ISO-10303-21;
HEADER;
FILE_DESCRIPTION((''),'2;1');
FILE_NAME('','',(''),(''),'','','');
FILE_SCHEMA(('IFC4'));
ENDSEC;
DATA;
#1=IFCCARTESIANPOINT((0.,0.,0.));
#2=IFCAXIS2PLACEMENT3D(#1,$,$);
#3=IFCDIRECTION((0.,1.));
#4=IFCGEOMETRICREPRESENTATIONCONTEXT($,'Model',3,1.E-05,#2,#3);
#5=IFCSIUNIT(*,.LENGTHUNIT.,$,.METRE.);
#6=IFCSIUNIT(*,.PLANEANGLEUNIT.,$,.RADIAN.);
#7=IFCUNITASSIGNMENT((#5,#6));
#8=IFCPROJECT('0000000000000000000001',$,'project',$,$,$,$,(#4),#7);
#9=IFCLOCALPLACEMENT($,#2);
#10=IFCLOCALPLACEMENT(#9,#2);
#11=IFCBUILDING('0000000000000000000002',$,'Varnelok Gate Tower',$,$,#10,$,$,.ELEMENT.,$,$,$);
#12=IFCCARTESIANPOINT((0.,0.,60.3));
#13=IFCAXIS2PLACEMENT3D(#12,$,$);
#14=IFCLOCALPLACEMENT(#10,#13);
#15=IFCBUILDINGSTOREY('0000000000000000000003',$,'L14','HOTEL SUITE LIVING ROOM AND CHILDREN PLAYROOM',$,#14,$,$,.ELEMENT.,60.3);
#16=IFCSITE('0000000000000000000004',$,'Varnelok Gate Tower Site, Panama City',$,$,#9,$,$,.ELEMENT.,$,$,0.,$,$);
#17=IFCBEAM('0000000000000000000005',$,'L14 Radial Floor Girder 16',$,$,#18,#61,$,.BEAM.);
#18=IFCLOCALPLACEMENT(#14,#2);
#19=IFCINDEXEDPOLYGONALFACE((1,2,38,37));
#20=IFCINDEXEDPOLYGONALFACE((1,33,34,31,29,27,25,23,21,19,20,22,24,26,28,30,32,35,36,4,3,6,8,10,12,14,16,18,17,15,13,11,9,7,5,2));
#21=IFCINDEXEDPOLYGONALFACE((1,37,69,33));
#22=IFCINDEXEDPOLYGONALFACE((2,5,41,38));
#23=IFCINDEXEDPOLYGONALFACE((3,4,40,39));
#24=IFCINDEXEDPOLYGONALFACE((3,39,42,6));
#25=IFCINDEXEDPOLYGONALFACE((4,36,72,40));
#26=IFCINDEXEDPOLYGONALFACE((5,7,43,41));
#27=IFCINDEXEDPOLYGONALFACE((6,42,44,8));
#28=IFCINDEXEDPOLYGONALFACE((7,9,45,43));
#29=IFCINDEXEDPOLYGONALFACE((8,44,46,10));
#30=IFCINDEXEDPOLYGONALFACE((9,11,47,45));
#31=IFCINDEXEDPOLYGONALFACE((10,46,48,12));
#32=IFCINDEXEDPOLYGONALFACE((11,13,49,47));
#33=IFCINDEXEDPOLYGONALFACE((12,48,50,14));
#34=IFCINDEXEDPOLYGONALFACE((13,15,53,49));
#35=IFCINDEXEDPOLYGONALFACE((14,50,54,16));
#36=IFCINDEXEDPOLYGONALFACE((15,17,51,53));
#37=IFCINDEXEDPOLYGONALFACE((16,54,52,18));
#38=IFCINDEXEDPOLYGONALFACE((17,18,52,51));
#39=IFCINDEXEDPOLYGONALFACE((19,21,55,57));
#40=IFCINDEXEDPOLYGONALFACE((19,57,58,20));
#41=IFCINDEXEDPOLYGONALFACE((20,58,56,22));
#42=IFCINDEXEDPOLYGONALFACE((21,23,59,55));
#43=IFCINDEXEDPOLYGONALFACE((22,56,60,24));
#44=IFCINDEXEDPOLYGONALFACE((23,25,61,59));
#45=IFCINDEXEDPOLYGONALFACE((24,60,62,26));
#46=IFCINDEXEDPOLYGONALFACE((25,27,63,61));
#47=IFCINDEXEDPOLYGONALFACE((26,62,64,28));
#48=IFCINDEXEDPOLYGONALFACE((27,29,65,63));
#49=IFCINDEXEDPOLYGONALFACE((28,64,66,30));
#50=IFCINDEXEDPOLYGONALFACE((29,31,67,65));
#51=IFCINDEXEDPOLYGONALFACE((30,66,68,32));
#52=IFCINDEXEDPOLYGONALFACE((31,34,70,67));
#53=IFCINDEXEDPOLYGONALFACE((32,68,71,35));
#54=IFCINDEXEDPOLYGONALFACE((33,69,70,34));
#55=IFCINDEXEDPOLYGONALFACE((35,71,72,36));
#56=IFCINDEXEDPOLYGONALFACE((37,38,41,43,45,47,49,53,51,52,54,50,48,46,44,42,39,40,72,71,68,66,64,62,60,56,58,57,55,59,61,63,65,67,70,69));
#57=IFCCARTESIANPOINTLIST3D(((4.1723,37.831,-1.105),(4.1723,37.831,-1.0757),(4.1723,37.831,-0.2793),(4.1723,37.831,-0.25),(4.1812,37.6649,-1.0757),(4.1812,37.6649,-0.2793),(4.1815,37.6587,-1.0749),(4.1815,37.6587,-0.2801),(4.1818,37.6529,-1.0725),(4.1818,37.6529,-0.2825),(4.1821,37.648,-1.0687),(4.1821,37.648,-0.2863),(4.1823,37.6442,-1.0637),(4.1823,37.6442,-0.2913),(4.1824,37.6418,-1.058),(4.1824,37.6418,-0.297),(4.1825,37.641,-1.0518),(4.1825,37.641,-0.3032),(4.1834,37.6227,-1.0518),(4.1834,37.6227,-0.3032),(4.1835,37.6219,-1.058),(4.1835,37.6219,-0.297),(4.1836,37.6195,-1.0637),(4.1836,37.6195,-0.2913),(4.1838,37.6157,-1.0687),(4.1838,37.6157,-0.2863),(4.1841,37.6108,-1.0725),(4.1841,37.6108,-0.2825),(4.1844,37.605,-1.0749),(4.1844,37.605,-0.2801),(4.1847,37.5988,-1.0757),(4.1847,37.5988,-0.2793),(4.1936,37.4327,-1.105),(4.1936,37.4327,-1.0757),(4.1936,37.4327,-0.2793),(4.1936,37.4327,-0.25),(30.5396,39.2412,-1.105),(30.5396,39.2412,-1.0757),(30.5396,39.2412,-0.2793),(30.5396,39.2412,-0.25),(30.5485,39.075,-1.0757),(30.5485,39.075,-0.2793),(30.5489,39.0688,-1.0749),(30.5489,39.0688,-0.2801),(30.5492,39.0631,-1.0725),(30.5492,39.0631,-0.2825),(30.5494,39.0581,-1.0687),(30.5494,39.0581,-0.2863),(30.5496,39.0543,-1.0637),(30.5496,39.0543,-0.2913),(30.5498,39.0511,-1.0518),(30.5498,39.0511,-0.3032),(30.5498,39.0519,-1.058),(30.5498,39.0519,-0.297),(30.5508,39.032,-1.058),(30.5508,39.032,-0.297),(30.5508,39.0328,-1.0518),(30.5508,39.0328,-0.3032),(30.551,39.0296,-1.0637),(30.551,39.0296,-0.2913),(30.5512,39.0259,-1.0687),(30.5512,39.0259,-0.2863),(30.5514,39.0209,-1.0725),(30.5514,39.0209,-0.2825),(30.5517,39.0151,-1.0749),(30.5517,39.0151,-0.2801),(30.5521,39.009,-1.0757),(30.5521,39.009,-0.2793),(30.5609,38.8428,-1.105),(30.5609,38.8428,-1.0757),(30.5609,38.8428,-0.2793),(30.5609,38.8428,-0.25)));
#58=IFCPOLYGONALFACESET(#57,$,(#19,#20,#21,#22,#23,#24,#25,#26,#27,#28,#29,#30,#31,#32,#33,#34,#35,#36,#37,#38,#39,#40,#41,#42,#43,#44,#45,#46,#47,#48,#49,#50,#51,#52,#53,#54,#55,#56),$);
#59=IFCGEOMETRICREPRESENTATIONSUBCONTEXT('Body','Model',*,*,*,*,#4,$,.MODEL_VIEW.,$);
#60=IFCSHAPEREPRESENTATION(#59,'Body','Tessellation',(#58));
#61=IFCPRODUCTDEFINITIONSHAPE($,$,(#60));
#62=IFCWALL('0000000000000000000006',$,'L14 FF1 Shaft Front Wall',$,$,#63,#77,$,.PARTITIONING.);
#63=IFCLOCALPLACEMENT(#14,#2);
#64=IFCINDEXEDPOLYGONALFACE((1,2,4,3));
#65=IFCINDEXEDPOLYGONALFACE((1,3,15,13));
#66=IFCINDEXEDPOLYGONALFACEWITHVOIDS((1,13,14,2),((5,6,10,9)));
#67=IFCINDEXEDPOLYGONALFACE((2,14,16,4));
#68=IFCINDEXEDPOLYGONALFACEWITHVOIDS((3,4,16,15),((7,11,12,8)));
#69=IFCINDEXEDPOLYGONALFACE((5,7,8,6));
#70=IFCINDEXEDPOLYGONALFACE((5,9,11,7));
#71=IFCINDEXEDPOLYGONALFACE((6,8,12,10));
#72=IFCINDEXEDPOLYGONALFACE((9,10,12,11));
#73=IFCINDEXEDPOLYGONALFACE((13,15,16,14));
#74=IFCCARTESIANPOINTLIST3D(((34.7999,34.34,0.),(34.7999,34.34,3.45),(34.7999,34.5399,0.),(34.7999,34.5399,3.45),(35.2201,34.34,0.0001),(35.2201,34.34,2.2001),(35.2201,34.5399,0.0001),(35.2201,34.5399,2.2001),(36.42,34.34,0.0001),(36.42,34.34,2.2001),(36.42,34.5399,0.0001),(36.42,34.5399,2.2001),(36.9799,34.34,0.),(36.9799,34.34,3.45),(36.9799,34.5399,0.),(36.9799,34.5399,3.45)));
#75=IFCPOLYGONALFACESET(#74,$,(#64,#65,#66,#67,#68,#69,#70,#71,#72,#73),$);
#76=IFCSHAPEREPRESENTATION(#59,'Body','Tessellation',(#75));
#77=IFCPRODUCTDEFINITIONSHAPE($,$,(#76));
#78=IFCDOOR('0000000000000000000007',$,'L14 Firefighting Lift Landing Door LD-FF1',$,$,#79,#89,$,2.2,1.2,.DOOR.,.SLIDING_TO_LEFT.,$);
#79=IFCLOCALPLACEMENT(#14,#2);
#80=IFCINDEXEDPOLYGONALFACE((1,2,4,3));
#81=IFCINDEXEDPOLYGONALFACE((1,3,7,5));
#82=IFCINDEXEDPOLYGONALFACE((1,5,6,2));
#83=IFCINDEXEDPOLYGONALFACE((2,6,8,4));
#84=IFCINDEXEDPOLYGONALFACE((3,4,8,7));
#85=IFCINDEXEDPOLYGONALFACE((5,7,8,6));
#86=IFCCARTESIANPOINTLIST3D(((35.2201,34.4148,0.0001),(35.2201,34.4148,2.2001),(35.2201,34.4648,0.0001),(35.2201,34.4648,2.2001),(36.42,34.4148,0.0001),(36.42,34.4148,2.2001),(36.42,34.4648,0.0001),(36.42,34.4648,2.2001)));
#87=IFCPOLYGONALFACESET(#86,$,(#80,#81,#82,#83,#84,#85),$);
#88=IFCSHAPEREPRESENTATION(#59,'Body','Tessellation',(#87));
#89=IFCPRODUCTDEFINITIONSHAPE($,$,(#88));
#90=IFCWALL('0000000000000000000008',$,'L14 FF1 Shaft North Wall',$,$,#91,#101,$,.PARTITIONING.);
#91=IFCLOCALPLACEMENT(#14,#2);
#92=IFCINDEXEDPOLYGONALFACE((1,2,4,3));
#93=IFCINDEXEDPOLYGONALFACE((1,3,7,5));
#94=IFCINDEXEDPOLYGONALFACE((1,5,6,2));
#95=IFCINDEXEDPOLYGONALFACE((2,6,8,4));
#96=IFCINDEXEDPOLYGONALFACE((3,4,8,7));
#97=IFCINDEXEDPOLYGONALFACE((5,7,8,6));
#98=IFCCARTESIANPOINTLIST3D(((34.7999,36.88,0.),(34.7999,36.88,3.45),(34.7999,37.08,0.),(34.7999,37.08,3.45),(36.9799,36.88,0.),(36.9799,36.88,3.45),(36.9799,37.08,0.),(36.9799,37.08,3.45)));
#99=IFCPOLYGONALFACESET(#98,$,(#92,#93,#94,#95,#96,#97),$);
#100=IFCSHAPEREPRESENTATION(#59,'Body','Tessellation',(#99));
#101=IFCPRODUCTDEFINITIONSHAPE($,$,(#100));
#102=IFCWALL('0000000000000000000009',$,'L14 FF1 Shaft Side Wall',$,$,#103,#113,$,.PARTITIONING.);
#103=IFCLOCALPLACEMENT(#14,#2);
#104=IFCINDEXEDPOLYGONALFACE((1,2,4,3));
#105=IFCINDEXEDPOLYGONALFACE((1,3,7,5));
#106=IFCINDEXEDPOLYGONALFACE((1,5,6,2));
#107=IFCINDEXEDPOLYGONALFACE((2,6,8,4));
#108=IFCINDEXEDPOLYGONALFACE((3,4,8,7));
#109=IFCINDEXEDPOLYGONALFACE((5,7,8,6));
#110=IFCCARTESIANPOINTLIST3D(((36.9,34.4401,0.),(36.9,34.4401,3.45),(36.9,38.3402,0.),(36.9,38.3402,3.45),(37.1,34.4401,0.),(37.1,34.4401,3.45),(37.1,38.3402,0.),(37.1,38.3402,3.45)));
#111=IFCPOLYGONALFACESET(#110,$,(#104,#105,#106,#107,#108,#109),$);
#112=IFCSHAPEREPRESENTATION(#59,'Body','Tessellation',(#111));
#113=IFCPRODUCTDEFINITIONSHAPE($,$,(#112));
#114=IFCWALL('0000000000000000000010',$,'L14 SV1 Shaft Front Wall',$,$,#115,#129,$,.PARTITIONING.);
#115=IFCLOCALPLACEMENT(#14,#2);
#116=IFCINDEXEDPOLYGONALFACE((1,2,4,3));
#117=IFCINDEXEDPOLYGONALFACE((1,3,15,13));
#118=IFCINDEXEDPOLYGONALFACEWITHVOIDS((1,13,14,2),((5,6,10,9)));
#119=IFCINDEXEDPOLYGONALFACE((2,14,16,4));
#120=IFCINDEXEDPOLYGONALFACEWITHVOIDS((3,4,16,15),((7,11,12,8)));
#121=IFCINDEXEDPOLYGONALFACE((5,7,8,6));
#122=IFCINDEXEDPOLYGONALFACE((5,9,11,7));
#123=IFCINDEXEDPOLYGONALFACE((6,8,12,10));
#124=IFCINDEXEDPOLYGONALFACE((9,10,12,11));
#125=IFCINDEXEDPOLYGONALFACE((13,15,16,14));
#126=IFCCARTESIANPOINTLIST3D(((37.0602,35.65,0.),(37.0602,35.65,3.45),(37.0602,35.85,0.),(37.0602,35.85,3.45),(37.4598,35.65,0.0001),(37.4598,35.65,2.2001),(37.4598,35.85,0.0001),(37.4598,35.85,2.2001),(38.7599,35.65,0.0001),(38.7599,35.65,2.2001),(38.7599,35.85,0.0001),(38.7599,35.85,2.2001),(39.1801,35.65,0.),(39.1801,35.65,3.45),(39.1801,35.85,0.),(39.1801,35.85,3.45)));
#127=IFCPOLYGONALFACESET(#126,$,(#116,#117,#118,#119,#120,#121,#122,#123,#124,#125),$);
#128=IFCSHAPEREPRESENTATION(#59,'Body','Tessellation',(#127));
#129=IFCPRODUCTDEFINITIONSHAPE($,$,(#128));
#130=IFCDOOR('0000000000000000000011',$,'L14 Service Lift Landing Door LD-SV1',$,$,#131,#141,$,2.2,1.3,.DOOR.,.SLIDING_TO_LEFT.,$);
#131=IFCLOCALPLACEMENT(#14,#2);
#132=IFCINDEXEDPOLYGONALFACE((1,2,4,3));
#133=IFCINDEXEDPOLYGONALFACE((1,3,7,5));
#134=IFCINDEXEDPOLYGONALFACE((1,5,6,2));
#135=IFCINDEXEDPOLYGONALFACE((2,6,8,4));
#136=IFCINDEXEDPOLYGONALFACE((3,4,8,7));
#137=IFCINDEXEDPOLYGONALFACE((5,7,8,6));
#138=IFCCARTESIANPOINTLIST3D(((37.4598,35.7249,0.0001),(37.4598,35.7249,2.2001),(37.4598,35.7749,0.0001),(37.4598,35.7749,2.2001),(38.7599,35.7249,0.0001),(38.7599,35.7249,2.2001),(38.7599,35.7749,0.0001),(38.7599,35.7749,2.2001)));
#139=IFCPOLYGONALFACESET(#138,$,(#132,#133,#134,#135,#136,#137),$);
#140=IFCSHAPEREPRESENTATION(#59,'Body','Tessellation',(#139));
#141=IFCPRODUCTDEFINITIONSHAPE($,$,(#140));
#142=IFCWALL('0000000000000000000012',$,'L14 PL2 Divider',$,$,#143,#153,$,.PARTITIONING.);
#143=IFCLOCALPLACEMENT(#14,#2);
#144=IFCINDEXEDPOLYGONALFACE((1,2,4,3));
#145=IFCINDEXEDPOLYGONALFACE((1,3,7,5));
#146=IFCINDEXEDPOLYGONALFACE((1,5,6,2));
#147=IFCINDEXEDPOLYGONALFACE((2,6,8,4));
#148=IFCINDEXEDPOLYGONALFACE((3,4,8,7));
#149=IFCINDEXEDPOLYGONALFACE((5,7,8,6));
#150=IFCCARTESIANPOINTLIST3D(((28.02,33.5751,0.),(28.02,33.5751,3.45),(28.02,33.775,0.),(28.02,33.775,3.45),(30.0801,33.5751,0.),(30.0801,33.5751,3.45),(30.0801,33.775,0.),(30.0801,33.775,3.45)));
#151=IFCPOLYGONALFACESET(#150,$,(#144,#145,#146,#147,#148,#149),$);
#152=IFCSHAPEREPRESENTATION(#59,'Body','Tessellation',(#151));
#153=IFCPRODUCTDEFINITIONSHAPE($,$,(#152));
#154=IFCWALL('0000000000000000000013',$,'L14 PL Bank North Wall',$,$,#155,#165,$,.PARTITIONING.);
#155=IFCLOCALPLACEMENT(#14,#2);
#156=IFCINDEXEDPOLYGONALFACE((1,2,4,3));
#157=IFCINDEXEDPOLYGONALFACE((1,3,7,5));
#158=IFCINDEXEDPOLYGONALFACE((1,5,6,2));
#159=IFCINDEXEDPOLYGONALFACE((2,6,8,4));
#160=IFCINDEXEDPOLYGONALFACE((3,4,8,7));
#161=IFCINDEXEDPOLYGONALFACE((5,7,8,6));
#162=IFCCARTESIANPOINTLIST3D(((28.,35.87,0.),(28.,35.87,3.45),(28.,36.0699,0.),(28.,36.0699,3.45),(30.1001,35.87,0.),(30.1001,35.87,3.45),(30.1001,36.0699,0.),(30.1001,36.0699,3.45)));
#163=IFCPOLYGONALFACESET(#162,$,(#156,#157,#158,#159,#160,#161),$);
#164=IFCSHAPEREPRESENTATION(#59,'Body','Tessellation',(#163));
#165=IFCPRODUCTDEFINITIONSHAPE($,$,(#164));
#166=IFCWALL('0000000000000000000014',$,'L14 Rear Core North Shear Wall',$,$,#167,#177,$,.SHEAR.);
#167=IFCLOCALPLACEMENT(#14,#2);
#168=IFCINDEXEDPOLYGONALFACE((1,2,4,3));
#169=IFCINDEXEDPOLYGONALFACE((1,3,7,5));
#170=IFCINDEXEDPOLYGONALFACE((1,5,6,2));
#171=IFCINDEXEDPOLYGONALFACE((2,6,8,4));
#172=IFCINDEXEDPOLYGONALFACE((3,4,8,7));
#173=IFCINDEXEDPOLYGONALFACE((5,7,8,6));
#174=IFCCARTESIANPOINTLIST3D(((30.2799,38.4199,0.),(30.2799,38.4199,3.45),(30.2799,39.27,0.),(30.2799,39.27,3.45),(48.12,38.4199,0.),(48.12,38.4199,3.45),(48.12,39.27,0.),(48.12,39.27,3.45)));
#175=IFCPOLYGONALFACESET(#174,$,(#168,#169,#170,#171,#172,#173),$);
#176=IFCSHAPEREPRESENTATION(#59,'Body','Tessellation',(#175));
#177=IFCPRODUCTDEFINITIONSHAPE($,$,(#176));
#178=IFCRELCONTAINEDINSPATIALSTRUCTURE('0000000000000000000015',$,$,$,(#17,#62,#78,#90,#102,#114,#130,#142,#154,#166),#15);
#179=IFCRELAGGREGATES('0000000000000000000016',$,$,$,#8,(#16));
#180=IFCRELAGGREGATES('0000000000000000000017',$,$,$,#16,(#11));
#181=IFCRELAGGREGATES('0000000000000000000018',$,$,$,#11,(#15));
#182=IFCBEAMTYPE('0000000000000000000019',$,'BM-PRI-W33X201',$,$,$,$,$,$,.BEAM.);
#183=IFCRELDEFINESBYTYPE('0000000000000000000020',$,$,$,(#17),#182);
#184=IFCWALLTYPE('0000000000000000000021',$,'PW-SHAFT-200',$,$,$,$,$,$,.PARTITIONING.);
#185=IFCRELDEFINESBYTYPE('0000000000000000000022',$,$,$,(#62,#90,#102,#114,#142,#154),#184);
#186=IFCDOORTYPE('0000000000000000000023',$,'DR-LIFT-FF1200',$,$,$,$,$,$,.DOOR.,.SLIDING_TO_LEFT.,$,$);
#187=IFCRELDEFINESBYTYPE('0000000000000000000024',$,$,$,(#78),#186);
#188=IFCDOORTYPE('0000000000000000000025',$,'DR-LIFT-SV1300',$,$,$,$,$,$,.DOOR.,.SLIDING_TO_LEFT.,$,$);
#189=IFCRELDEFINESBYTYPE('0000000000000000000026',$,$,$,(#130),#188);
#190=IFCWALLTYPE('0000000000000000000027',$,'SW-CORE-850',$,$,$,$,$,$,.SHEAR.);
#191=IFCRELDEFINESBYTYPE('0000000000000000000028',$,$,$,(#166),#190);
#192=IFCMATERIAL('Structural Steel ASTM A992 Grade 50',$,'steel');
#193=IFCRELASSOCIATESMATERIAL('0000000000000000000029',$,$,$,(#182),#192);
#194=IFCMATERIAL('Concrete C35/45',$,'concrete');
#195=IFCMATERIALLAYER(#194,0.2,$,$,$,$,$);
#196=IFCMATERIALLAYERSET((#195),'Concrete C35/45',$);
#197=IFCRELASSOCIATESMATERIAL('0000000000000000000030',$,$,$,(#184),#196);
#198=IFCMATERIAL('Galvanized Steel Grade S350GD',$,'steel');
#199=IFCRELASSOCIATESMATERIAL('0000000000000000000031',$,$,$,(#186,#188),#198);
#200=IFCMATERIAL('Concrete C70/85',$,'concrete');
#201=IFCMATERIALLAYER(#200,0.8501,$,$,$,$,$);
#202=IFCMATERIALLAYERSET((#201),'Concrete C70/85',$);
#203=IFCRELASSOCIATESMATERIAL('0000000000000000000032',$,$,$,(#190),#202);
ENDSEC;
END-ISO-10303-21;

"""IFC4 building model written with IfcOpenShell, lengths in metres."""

from ifc_helpers import new_model, si_unit, direction, frame, frame_2d, origin, origin_2d, place, context, subcontext, project, spatial, rectangle, i_section, extrude, material, layer, layer_set, material_profile, profile_set, type_object, element, fill, save


model = new_model("IFC4")

# Units and contexts
model_context = context("Model", 3, precision=1e-05, world=origin(), true_north=direction((0.0, 1.0)))
body_context = subcontext(model_context, "Body", "Model", "MODEL_VIEW")
ifc_project = project(units=[si_unit("LENGTHUNIT", "METRE"), si_unit("PLANEANGLEUNIT", "RADIAN")], contexts=[model_context])

# Site, building, storey
site_placement = place(None, origin())
site = spatial("IfcSite", under=ifc_project, at=site_placement, Name="Varnelok Gate Tower Site, Panama City", CompositionType="ELEMENT", RefElevation=0.0)
building_placement = place(site_placement, origin())
building = spatial("IfcBuilding", under=site, at=building_placement, Name="Varnelok Gate Tower", CompositionType="ELEMENT")
storey_placement = place(building_placement, frame((0.0, 0.0, 60.3)))
storey = spatial("IfcBuildingStorey", under=building, at=storey_placement, Name="L14", Description="HOTEL SUITE LIVING ROOM AND CHILDREN PLAYROOM", CompositionType="ELEMENT", Elevation=60.3)

# Beam
ifc_material_1 = material(Name="Structural Steel ASTM A992 Grade 50", Category="steel")
ifc_material_profile = material_profile(ifc_material_1, i_section(OverallWidth=0.3989, OverallDepth=0.855, WebThickness=0.0183, FlangeThickness=0.0293, FilletRadius=0.0239, at=origin_2d()), Name="W33X201")
ifc_profile_set = profile_set([ifc_material_profile], Name="Structural Steel ASTM A992 Grade 50")
beam_type = type_object("IfcBeamType", Name="BM-PRI-W33X201", PredefinedType="BEAM", material=ifc_profile_set)
beam_placement = place(storey_placement, frame((30.5503, 39.042, -0.6775), z_axis=(-0.998573, -0.053405, 0.0), x_axis=(0.053405, -0.998573, 0.0)))
element("IfcBeam", 1, at=beam_placement, inside=storey, type_object=beam_type, Name="L14 Radial Floor Girder 16", PredefinedType="BEAM", context=body_context, shape_type="SweptSolid", body=[
    extrude(i_section(OverallWidth=0.3989, OverallDepth=0.855, WebThickness=0.0183, FlangeThickness=0.0293, FilletRadius=0.0239, at=origin_2d()), origin(), (0.0, 0.0, 1.0), 26.405),
])

# Wall, opening, door
ifc_material_2 = material(Name="Concrete C35/45", Category="concrete")
ifc_layer_1 = layer(ifc_material_2, 0.2)
ifc_layer_set_1 = layer_set([ifc_layer_1], Name="Concrete C35/45")
wall_type_1 = type_object("IfcWallType", Name="PW-SHAFT-200", PredefinedType="PARTITIONING", material=ifc_layer_set_1)
wall_1_placement = place(storey_placement, frame((34.8, 34.4399, 0.0), z_axis=(0.0, 0.0, 1.0), x_axis=(1.0, 0.0, 0.0)))
wall_1 = element("IfcWall", 2, at=wall_1_placement, inside=storey, type_object=wall_type_1, Name="L14 FF1 Shaft Front Wall", PredefinedType="PARTITIONING", context=body_context, shape_type="SweptSolid", body=[
    extrude(rectangle(XDim=2.1799, YDim=0.2, at=frame_2d((1.0898, 0.0))), origin(), (0.0, 0.0, 1.0), 3.45),
])
opening_1_placement = place(wall_1_placement, frame((0.4199, 0.0, 0.0)))
opening_1 = element("IfcOpeningElement", 3, at=opening_1_placement, cuts=wall_1, PredefinedType="OPENING", context=body_context, shape_type="SweptSolid", body=[
    extrude(rectangle(XDim=1.2, YDim=2.2, at=frame_2d((0.6001, 1.1001))), frame((0.0, 0.1099, 0.0), z_axis=(0.0, -1.0, 0.0), x_axis=(1.0, 0.0, 0.0)), (0.0, 0.0, 1.0), 0.22),
])
ifc_material_3 = material(Name="Galvanized Steel Grade S350GD", Category="steel")
door_type_1 = type_object("IfcDoorType", Name="DR-LIFT-FF1200", OperationType="SLIDING_TO_LEFT", PredefinedType="DOOR", material=ifc_material_3)
door_1_placement = place(opening_1_placement, origin())
door_1 = element("IfcDoor", 4, at=door_1_placement, inside=storey, type_object=door_type_1, Name="L14 Firefighting Lift Landing Door LD-FF1", OperationType="SLIDING_TO_LEFT", OverallHeight=2.2, OverallWidth=1.2, PredefinedType="DOOR", context=body_context, shape_type="SweptSolid", body=[
    extrude(rectangle(XDim=1.2, YDim=2.2, at=frame_2d((0.6001, 1.1001))), frame((0.0, 0.0249, 0.0), z_axis=(0.0, -1.0, 0.0), x_axis=(1.0, 0.0, 0.0)), (0.0, 0.0, 1.0), 0.05),
])
fill(opening_1, door_1)

# Walls
wall_2_placement = place(storey_placement, frame((34.8, 36.98, 0.0), z_axis=(0.0, 0.0, 1.0), x_axis=(1.0, 0.0, 0.0)))
element("IfcWall", 5, at=wall_2_placement, inside=storey, type_object=wall_type_1, Name="L14 FF1 Shaft North Wall", PredefinedType="PARTITIONING", context=body_context, shape_type="SweptSolid", body=[
    extrude(rectangle(XDim=2.1799, YDim=0.2, at=frame_2d((1.0898, 0.0))), origin(), (0.0, 0.0, 1.0), 3.45),
])
wall_3_placement = place(storey_placement, frame((37.0, 34.4399, 0.0), z_axis=(0.0, 0.0, 1.0), x_axis=(0.0, 1.0, 0.0)))
element("IfcWall", 6, at=wall_3_placement, inside=storey, type_object=wall_type_1, Name="L14 FF1 Shaft Side Wall", PredefinedType="PARTITIONING", context=body_context, shape_type="SweptSolid", body=[
    extrude(rectangle(XDim=3.9001, YDim=0.2, at=frame_2d((1.9502, 0.0))), origin(), (0.0, 0.0, 1.0), 3.45),
])

# Wall, opening, door
wall_4_placement = place(storey_placement, frame((37.0601, 35.75, 0.0), z_axis=(0.0, 0.0, 1.0), x_axis=(1.0, 0.0, 0.0)))
wall_4 = element("IfcWall", 7, at=wall_4_placement, inside=storey, type_object=wall_type_1, Name="L14 SV1 Shaft Front Wall", PredefinedType="PARTITIONING", context=body_context, shape_type="SweptSolid", body=[
    extrude(rectangle(XDim=2.1199, YDim=0.2, at=frame_2d((1.0601, 0.0))), origin(), (0.0, 0.0, 1.0), 3.45),
])
opening_2_placement = place(wall_4_placement, frame((0.3999, 0.0, 0.0)))
opening_2 = element("IfcOpeningElement", 8, at=opening_2_placement, cuts=wall_4, PredefinedType="OPENING", context=body_context, shape_type="SweptSolid", body=[
    extrude(rectangle(XDim=1.3, YDim=2.2, at=frame_2d((0.6499, 1.1001))), frame((0.0, 0.1099, 0.0), z_axis=(0.0, -1.0, 0.0), x_axis=(1.0, 0.0, 0.0)), (0.0, 0.0, 1.0), 0.22),
])
door_type_2 = type_object("IfcDoorType", Name="DR-LIFT-SV1300", OperationType="SLIDING_TO_LEFT", PredefinedType="DOOR", material=ifc_material_3)
door_2_placement = place(opening_2_placement, origin())
door_2 = element("IfcDoor", 9, at=door_2_placement, inside=storey, type_object=door_type_2, Name="L14 Service Lift Landing Door LD-SV1", OperationType="SLIDING_TO_LEFT", OverallHeight=2.2, OverallWidth=1.3, PredefinedType="DOOR", context=body_context, shape_type="SweptSolid", body=[
    extrude(rectangle(XDim=1.3, YDim=2.2, at=frame_2d((0.6499, 1.1001))), frame((0.0, 0.0249, 0.0), z_axis=(0.0, -1.0, 0.0), x_axis=(1.0, 0.0, 0.0)), (0.0, 0.0, 1.0), 0.05),
])
fill(opening_2, door_2)

# Walls
wall_5_placement = place(storey_placement, frame((28.02, 33.675, 0.0), z_axis=(0.0, 0.0, 1.0), x_axis=(1.0, 0.0, 0.0)))
element("IfcWall", 10, at=wall_5_placement, inside=storey, type_object=wall_type_1, Name="L14 PL2 Divider", PredefinedType="PARTITIONING", context=body_context, shape_type="SweptSolid", body=[
    extrude(rectangle(XDim=2.0601, YDim=0.2, at=frame_2d((1.03, 0.0))), origin(), (0.0, 0.0, 1.0), 3.45),
])
wall_6_placement = place(storey_placement, frame((28.0, 35.97, 0.0), z_axis=(0.0, 0.0, 1.0), x_axis=(1.0, 0.0, 0.0)))
element("IfcWall", 11, at=wall_6_placement, inside=storey, type_object=wall_type_1, Name="L14 PL Bank North Wall", PredefinedType="PARTITIONING", context=body_context, shape_type="SweptSolid", body=[
    extrude(rectangle(XDim=2.1001, YDim=0.2, at=frame_2d((1.05, 0.0))), origin(), (0.0, 0.0, 1.0), 3.45),
])
ifc_material_4 = material(Name="Concrete C70/85", Category="concrete")
ifc_layer_2 = layer(ifc_material_4, 0.8501)
ifc_layer_set_2 = layer_set([ifc_layer_2], Name="Concrete C70/85")
wall_type_2 = type_object("IfcWallType", Name="SW-CORE-850", PredefinedType="SHEAR", material=ifc_layer_set_2)
wall_7_placement = place(storey_placement, frame((30.28, 38.845, 0.0), z_axis=(0.0, 0.0, 1.0), x_axis=(1.0, 0.0, 0.0)))
element("IfcWall", 12, at=wall_7_placement, inside=storey, type_object=wall_type_2, Name="L14 Rear Core North Shear Wall", PredefinedType="SHEAR", context=body_context, shape_type="SweptSolid", body=[
    extrude(rectangle(XDim=17.8401, YDim=0.8501, at=frame_2d((8.9199, 0.0))), origin(), (0.0, 0.0, 1.0), 3.45),
])

save(model, "model.ifc")
